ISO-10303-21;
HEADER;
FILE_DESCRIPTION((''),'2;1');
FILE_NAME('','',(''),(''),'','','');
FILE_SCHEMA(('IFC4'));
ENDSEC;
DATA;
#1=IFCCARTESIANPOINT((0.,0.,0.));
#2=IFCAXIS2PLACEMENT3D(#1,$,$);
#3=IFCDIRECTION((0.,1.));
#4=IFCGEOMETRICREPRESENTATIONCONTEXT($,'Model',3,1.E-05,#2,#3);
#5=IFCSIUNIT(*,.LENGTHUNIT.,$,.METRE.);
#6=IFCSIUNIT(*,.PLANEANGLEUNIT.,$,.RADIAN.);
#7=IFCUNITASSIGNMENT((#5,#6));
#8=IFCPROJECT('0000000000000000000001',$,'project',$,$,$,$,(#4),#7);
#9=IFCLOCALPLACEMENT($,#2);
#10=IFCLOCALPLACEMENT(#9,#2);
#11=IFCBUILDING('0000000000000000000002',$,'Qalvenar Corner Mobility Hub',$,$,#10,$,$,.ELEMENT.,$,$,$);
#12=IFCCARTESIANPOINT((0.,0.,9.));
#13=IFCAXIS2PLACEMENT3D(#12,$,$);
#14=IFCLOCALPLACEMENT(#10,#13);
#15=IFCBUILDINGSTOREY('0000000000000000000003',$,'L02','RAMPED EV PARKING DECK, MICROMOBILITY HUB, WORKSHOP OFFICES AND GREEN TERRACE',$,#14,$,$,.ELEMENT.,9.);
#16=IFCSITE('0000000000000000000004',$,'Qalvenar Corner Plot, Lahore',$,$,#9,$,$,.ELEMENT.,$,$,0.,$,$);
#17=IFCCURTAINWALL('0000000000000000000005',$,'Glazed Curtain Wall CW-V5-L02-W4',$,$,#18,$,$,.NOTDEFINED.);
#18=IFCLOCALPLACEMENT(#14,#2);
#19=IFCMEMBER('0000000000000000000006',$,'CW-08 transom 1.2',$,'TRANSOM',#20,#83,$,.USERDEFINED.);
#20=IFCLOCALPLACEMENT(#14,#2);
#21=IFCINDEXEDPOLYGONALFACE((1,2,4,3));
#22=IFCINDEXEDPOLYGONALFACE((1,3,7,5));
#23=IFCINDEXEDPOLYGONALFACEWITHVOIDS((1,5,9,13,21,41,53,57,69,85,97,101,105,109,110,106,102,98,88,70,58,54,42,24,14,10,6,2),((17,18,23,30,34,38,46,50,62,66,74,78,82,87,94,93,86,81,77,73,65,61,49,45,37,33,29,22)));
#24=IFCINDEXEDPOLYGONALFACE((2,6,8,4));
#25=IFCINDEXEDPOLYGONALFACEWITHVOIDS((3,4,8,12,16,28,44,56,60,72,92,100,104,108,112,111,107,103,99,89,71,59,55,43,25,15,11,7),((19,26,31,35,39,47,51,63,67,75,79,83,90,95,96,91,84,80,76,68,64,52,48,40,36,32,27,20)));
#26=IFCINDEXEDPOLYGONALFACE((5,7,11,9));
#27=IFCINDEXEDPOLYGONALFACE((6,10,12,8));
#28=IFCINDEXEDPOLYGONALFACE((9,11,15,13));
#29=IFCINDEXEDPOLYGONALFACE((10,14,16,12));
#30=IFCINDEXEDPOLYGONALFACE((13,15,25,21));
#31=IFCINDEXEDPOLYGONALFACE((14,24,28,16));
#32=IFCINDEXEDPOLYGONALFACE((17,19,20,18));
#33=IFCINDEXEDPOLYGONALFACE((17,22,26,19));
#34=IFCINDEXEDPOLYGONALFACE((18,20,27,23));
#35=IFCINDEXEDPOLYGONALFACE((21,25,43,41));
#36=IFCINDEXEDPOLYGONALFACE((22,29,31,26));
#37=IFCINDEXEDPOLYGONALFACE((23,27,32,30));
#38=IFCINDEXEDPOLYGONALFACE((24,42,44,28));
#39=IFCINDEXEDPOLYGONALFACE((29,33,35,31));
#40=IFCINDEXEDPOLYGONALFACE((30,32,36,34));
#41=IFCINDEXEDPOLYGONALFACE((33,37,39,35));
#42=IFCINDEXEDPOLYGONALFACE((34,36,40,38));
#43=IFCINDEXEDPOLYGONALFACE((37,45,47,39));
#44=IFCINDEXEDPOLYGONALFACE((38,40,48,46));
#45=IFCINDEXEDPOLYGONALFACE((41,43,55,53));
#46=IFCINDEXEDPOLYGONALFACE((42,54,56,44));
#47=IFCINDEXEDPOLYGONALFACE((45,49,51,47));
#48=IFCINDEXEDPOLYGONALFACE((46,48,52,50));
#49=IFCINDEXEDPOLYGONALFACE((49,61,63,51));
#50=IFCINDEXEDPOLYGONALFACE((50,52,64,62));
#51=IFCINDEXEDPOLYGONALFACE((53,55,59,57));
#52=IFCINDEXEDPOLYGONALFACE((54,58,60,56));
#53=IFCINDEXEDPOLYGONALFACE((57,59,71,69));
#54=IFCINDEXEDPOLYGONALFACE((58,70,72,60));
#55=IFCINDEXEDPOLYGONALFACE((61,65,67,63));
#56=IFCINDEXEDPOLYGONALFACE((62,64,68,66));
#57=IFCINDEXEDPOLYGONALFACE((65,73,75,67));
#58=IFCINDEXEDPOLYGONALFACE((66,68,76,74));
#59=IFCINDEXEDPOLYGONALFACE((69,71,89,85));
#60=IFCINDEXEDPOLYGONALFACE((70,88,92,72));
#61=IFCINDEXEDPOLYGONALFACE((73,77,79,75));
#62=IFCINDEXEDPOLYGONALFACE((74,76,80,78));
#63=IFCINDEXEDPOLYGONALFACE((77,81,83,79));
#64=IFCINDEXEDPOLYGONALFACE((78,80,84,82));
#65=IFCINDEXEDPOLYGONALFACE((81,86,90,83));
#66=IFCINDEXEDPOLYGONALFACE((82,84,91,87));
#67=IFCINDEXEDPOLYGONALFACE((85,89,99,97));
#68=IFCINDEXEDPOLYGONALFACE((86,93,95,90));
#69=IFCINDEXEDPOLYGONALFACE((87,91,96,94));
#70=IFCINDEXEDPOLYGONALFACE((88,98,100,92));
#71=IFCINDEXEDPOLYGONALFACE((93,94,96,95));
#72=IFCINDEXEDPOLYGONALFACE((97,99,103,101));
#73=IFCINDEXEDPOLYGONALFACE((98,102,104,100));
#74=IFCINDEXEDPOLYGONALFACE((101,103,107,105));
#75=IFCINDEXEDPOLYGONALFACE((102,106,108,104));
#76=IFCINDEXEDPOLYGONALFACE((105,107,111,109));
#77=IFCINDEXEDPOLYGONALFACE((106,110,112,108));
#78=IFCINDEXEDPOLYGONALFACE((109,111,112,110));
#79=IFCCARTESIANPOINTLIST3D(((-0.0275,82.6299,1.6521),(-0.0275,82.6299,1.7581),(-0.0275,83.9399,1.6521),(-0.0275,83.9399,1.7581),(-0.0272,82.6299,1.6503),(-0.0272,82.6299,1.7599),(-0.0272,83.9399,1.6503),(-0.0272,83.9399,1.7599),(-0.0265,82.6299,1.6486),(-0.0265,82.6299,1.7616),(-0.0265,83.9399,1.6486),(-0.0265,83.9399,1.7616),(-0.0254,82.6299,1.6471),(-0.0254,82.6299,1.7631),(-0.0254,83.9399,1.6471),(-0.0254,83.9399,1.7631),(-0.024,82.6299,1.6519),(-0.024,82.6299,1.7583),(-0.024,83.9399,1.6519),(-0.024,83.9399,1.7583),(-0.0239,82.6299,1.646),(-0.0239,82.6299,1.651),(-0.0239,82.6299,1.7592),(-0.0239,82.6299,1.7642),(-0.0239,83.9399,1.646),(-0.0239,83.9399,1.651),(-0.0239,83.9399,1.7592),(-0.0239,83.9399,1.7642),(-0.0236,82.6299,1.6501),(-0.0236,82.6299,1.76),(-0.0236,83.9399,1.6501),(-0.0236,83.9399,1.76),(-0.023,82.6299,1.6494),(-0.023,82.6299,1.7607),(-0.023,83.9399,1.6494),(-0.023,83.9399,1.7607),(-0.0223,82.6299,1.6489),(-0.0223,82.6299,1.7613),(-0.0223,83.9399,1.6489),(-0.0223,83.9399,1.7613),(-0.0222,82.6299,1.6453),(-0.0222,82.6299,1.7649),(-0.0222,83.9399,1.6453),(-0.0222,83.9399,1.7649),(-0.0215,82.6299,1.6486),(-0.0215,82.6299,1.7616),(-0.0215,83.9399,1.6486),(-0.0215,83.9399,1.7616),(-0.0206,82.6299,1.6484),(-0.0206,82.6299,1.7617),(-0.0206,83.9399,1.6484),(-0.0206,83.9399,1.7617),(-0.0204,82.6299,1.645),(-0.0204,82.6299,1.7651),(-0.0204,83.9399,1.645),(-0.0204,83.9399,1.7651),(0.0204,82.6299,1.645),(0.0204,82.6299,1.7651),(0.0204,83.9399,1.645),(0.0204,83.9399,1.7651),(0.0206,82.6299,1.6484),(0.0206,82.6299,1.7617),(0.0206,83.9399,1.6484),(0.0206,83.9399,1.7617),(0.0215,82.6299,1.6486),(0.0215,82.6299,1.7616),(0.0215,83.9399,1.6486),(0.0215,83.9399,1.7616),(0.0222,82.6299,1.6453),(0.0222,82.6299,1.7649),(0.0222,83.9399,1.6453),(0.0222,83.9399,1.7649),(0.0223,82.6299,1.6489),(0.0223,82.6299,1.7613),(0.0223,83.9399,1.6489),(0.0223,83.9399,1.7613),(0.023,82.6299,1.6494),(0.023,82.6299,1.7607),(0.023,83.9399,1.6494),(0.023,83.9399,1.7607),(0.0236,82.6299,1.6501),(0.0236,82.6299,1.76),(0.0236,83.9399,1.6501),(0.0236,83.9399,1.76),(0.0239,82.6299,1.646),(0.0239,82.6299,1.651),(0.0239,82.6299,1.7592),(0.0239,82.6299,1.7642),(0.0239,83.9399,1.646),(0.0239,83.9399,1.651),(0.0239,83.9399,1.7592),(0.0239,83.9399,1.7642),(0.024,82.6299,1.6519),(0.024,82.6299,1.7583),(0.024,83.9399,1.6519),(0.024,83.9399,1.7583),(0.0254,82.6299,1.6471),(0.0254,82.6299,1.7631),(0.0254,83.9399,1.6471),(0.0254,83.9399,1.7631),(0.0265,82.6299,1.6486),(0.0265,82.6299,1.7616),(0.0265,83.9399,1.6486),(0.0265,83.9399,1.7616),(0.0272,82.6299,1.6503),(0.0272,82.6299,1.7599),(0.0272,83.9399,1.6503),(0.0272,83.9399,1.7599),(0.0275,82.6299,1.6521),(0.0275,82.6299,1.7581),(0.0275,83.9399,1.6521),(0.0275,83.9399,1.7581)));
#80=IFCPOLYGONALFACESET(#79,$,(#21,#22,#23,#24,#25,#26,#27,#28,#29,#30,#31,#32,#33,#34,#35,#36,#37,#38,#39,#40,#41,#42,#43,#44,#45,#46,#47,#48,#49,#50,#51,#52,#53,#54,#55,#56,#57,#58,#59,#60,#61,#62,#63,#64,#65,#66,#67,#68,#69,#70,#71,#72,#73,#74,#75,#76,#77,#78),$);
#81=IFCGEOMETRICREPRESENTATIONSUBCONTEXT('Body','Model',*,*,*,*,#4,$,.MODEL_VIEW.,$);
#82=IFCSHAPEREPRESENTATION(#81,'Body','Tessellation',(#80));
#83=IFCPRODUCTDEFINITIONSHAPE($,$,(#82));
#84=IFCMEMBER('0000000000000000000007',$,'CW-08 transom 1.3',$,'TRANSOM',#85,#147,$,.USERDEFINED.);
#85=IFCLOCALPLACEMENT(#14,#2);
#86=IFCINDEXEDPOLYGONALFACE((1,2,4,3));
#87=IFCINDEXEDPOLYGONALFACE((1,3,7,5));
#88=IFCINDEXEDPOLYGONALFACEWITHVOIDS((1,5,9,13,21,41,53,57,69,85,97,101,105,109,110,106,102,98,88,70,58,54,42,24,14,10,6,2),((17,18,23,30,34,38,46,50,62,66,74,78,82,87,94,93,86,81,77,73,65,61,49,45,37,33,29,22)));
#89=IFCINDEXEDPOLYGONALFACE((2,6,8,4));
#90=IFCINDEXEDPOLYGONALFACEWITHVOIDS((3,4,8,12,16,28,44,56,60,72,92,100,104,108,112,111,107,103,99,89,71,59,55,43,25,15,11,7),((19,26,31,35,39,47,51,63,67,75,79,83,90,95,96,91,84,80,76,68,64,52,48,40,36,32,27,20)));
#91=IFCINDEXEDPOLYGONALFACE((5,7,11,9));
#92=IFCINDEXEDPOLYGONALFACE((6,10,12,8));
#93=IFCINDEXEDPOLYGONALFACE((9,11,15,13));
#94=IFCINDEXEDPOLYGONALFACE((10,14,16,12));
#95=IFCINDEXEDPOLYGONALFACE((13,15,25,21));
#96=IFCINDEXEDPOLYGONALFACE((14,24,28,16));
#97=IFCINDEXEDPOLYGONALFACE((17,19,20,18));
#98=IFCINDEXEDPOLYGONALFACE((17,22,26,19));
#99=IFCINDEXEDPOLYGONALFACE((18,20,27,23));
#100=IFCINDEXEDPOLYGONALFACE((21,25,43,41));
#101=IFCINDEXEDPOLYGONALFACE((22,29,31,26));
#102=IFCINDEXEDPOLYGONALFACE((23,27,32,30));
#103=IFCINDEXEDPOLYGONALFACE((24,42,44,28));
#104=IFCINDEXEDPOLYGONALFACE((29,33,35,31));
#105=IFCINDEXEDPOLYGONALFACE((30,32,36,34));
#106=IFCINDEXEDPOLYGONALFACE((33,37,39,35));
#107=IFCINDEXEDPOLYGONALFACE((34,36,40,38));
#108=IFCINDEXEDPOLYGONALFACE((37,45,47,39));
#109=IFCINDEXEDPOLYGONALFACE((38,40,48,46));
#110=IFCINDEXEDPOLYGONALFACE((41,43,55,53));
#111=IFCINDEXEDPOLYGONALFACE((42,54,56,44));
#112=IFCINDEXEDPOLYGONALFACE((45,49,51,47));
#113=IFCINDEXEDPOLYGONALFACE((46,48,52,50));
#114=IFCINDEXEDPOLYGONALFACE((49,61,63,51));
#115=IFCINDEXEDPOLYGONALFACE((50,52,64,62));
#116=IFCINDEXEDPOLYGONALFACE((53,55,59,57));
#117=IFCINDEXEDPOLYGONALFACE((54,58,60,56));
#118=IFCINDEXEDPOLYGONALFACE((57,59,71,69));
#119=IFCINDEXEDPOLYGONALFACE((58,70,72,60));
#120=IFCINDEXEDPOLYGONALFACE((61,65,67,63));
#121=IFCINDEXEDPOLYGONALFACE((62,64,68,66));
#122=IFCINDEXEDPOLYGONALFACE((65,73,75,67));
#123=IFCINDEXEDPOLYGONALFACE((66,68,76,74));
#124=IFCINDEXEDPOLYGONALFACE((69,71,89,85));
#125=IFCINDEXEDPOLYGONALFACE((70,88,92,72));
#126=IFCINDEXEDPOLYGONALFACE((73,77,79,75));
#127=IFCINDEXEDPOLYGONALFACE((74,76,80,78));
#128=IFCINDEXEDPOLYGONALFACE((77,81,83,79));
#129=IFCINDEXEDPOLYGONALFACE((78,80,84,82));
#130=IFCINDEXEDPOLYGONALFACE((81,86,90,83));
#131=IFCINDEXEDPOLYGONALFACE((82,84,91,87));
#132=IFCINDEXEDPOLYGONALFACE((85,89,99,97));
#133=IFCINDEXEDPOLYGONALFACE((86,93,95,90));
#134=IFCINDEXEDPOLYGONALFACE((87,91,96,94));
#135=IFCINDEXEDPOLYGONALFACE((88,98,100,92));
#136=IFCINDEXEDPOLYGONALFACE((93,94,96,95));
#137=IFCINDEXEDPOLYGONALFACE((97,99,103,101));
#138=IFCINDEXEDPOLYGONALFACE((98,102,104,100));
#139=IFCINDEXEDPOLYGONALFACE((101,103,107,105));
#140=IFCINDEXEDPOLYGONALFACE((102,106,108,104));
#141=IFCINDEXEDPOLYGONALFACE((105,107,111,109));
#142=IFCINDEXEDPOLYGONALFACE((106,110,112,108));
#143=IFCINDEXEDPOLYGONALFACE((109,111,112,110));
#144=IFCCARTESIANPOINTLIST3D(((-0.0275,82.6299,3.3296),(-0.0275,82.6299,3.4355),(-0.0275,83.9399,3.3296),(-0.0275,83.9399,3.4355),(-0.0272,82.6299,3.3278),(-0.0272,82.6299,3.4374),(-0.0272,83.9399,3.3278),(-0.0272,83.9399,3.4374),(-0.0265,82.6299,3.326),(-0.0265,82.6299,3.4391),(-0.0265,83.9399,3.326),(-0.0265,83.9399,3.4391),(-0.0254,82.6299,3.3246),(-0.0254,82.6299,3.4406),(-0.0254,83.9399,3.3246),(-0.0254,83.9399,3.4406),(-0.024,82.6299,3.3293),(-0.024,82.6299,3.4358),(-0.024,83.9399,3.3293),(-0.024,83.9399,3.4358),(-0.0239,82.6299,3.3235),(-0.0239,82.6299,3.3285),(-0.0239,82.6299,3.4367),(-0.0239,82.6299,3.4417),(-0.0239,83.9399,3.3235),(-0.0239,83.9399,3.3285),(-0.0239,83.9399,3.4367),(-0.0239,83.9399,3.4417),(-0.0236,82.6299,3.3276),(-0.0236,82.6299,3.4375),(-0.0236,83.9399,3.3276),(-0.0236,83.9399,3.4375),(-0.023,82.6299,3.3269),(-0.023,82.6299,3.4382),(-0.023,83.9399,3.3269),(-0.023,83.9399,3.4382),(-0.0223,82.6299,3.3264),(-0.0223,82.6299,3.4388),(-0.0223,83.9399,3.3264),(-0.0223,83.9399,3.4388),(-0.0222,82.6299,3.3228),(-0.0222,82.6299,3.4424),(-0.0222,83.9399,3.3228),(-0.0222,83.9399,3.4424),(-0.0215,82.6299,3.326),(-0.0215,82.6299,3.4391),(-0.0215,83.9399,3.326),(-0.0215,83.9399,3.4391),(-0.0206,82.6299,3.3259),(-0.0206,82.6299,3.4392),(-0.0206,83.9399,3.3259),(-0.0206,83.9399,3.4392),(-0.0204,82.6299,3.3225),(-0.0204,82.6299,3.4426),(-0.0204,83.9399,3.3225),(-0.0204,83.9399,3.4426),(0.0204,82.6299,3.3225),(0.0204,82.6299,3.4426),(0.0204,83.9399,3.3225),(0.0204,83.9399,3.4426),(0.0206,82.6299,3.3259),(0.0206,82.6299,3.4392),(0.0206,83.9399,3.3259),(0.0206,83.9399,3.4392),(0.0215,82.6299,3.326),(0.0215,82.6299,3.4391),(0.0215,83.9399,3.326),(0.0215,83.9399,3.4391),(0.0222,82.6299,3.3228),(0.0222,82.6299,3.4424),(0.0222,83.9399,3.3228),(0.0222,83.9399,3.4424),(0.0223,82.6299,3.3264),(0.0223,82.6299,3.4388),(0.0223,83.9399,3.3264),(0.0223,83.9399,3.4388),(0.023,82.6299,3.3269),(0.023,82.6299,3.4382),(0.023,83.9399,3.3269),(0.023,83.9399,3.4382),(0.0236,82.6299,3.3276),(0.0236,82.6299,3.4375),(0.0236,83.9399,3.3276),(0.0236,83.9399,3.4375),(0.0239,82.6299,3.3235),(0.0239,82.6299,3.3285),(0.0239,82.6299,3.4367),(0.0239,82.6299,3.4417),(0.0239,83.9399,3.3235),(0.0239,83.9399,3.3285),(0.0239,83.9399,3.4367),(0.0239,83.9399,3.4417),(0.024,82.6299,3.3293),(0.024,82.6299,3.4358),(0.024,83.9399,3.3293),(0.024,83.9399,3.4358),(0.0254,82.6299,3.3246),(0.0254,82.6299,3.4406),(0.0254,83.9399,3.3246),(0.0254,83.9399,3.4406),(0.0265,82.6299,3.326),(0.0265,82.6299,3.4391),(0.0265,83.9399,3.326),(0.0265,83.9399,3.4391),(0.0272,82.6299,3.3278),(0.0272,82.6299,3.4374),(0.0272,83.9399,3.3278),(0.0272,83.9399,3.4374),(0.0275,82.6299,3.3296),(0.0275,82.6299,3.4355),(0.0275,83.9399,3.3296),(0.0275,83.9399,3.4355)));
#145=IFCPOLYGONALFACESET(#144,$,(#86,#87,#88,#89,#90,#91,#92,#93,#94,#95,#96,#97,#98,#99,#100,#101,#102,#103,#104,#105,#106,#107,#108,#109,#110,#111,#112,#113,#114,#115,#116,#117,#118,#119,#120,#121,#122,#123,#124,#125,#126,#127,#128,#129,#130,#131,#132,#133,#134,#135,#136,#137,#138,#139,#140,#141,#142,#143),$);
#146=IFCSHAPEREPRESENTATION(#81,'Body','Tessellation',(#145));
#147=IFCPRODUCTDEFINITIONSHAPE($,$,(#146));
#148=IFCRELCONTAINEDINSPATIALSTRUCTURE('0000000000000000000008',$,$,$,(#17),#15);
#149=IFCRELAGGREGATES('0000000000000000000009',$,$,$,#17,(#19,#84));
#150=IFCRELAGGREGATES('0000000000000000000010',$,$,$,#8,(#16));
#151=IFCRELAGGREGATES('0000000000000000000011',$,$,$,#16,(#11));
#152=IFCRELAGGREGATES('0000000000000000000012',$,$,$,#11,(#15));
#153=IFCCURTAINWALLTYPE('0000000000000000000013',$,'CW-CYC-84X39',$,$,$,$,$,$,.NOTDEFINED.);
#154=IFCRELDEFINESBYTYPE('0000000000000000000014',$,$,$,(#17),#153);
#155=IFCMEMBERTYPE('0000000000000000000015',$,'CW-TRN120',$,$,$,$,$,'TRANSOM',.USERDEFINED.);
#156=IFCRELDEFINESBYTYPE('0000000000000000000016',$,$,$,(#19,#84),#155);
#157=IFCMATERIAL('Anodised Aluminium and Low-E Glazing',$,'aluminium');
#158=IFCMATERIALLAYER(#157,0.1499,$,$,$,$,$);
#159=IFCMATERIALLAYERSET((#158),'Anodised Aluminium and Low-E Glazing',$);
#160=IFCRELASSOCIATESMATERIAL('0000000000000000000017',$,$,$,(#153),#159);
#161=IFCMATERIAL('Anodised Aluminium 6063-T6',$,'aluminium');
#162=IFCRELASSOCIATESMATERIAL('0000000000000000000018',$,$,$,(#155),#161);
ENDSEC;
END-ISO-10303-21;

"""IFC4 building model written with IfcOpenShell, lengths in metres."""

from ifc_helpers import new_model, si_unit, direction, frame, origin, origin_2d, place, context, subcontext, project, spatial, hollow_rectangle, extrude, material, layer, layer_set, material_profile, profile_set, type_object, element, aggregate, save


model = new_model("IFC4")

# Units and contexts
model_context = context("Model", 3, precision=1e-05, world=origin(), true_north=direction((0.0, 1.0)))
body_context = subcontext(model_context, "Body", "Model", "MODEL_VIEW")
ifc_project = project(units=[si_unit("LENGTHUNIT", "METRE"), si_unit("PLANEANGLEUNIT", "RADIAN")], contexts=[model_context])

# Site, building, storey
site_placement = place(None, origin())
site = spatial("IfcSite", under=ifc_project, at=site_placement, Name="Qalvenar Corner Plot, Lahore", CompositionType="ELEMENT", RefElevation=0.0)
building_placement = place(site_placement, origin())
building = spatial("IfcBuilding", under=site, at=building_placement, Name="Qalvenar Corner Mobility Hub", CompositionType="ELEMENT")
storey_placement = place(building_placement, frame((0.0, 0.0, 9.0)))
storey = spatial("IfcBuildingStorey", under=building, at=storey_placement, Name="L02", Description="RAMPED EV PARKING DECK, MICROMOBILITY HUB, WORKSHOP OFFICES AND GREEN TERRACE", CompositionType="ELEMENT", Elevation=9.0)

# Curtain wall
ifc_material_1 = material(Name="Anodised Aluminium and Low-E Glazing", Category="aluminium")
ifc_layer_1 = layer(ifc_material_1, 0.1499)
ifc_layer_set_1 = layer_set([ifc_layer_1], Name="Anodised Aluminium and Low-E Glazing")
curtain_wall_type = type_object("IfcCurtainWallType", Name="CW-CYC-84X39", PredefinedType="NOTDEFINED", material=ifc_layer_set_1)
curtain_wall_1_placement = place(storey_placement, origin())
curtain_wall_1 = element("IfcCurtainWall", 1, at=curtain_wall_1_placement, inside=storey, type_object=curtain_wall_type, Name="Glazed Curtain Wall CW-V5-L02-W4", PredefinedType="NOTDEFINED")
ifc_material_2 = material(Name="Anodised Aluminium 6063-T6", Category="aluminium")

# Members
ifc_material_profile_1 = material_profile(ifc_material_2, hollow_rectangle(XDim=0.0549, YDim=0.1201, WallThickness=0.0034, InnerFilletRadius=0.0034, OuterFilletRadius=0.0071, at=origin_2d()), Name="RHS120x55x3.5")
ifc_profile_set_1 = profile_set([ifc_material_profile_1], Name="Anodised Aluminium 6063-T6")
member_type_1 = type_object("IfcMemberType", Name="CW-TRN120", ElementType="TRANSOM", PredefinedType="USERDEFINED", material=ifc_profile_set_1)
member_1_placement = place(storey_placement, frame((0.0, 83.9399, 1.7051), z_axis=(0.0, -1.0, 0.0), x_axis=(1.0, 0.0, 0.0)))
member_1 = element("IfcMember", 2, at=member_1_placement, type_object=member_type_1, Name="CW-08 transom 1.2", ObjectType="TRANSOM", PredefinedType="USERDEFINED", context=body_context, shape_type="SweptSolid", body=[
    extrude(hollow_rectangle(XDim=0.0549, YDim=0.1201, WallThickness=0.0034, InnerFilletRadius=0.0034, OuterFilletRadius=0.0071, at=origin_2d()), origin(), (0.0, 0.0, 1.0), 1.3101),
])
member_2_placement = place(storey_placement, frame((0.0, 83.9399, 3.3826), z_axis=(0.0, -1.0, 0.0), x_axis=(1.0, 0.0, 0.0)))
member_2 = element("IfcMember", 3, at=member_2_placement, type_object=member_type_1, Name="CW-08 transom 1.3", ObjectType="TRANSOM", PredefinedType="USERDEFINED", context=body_context, shape_type="SweptSolid", body=[
    extrude(hollow_rectangle(XDim=0.0549, YDim=0.1201, WallThickness=0.0034, InnerFilletRadius=0.0034, OuterFilletRadius=0.0071, at=origin_2d()), origin(), (0.0, 0.0, 1.0), 1.3101),
])

aggregate(curtain_wall_1, [member_1, member_2])

save(model, "model.ifc")
